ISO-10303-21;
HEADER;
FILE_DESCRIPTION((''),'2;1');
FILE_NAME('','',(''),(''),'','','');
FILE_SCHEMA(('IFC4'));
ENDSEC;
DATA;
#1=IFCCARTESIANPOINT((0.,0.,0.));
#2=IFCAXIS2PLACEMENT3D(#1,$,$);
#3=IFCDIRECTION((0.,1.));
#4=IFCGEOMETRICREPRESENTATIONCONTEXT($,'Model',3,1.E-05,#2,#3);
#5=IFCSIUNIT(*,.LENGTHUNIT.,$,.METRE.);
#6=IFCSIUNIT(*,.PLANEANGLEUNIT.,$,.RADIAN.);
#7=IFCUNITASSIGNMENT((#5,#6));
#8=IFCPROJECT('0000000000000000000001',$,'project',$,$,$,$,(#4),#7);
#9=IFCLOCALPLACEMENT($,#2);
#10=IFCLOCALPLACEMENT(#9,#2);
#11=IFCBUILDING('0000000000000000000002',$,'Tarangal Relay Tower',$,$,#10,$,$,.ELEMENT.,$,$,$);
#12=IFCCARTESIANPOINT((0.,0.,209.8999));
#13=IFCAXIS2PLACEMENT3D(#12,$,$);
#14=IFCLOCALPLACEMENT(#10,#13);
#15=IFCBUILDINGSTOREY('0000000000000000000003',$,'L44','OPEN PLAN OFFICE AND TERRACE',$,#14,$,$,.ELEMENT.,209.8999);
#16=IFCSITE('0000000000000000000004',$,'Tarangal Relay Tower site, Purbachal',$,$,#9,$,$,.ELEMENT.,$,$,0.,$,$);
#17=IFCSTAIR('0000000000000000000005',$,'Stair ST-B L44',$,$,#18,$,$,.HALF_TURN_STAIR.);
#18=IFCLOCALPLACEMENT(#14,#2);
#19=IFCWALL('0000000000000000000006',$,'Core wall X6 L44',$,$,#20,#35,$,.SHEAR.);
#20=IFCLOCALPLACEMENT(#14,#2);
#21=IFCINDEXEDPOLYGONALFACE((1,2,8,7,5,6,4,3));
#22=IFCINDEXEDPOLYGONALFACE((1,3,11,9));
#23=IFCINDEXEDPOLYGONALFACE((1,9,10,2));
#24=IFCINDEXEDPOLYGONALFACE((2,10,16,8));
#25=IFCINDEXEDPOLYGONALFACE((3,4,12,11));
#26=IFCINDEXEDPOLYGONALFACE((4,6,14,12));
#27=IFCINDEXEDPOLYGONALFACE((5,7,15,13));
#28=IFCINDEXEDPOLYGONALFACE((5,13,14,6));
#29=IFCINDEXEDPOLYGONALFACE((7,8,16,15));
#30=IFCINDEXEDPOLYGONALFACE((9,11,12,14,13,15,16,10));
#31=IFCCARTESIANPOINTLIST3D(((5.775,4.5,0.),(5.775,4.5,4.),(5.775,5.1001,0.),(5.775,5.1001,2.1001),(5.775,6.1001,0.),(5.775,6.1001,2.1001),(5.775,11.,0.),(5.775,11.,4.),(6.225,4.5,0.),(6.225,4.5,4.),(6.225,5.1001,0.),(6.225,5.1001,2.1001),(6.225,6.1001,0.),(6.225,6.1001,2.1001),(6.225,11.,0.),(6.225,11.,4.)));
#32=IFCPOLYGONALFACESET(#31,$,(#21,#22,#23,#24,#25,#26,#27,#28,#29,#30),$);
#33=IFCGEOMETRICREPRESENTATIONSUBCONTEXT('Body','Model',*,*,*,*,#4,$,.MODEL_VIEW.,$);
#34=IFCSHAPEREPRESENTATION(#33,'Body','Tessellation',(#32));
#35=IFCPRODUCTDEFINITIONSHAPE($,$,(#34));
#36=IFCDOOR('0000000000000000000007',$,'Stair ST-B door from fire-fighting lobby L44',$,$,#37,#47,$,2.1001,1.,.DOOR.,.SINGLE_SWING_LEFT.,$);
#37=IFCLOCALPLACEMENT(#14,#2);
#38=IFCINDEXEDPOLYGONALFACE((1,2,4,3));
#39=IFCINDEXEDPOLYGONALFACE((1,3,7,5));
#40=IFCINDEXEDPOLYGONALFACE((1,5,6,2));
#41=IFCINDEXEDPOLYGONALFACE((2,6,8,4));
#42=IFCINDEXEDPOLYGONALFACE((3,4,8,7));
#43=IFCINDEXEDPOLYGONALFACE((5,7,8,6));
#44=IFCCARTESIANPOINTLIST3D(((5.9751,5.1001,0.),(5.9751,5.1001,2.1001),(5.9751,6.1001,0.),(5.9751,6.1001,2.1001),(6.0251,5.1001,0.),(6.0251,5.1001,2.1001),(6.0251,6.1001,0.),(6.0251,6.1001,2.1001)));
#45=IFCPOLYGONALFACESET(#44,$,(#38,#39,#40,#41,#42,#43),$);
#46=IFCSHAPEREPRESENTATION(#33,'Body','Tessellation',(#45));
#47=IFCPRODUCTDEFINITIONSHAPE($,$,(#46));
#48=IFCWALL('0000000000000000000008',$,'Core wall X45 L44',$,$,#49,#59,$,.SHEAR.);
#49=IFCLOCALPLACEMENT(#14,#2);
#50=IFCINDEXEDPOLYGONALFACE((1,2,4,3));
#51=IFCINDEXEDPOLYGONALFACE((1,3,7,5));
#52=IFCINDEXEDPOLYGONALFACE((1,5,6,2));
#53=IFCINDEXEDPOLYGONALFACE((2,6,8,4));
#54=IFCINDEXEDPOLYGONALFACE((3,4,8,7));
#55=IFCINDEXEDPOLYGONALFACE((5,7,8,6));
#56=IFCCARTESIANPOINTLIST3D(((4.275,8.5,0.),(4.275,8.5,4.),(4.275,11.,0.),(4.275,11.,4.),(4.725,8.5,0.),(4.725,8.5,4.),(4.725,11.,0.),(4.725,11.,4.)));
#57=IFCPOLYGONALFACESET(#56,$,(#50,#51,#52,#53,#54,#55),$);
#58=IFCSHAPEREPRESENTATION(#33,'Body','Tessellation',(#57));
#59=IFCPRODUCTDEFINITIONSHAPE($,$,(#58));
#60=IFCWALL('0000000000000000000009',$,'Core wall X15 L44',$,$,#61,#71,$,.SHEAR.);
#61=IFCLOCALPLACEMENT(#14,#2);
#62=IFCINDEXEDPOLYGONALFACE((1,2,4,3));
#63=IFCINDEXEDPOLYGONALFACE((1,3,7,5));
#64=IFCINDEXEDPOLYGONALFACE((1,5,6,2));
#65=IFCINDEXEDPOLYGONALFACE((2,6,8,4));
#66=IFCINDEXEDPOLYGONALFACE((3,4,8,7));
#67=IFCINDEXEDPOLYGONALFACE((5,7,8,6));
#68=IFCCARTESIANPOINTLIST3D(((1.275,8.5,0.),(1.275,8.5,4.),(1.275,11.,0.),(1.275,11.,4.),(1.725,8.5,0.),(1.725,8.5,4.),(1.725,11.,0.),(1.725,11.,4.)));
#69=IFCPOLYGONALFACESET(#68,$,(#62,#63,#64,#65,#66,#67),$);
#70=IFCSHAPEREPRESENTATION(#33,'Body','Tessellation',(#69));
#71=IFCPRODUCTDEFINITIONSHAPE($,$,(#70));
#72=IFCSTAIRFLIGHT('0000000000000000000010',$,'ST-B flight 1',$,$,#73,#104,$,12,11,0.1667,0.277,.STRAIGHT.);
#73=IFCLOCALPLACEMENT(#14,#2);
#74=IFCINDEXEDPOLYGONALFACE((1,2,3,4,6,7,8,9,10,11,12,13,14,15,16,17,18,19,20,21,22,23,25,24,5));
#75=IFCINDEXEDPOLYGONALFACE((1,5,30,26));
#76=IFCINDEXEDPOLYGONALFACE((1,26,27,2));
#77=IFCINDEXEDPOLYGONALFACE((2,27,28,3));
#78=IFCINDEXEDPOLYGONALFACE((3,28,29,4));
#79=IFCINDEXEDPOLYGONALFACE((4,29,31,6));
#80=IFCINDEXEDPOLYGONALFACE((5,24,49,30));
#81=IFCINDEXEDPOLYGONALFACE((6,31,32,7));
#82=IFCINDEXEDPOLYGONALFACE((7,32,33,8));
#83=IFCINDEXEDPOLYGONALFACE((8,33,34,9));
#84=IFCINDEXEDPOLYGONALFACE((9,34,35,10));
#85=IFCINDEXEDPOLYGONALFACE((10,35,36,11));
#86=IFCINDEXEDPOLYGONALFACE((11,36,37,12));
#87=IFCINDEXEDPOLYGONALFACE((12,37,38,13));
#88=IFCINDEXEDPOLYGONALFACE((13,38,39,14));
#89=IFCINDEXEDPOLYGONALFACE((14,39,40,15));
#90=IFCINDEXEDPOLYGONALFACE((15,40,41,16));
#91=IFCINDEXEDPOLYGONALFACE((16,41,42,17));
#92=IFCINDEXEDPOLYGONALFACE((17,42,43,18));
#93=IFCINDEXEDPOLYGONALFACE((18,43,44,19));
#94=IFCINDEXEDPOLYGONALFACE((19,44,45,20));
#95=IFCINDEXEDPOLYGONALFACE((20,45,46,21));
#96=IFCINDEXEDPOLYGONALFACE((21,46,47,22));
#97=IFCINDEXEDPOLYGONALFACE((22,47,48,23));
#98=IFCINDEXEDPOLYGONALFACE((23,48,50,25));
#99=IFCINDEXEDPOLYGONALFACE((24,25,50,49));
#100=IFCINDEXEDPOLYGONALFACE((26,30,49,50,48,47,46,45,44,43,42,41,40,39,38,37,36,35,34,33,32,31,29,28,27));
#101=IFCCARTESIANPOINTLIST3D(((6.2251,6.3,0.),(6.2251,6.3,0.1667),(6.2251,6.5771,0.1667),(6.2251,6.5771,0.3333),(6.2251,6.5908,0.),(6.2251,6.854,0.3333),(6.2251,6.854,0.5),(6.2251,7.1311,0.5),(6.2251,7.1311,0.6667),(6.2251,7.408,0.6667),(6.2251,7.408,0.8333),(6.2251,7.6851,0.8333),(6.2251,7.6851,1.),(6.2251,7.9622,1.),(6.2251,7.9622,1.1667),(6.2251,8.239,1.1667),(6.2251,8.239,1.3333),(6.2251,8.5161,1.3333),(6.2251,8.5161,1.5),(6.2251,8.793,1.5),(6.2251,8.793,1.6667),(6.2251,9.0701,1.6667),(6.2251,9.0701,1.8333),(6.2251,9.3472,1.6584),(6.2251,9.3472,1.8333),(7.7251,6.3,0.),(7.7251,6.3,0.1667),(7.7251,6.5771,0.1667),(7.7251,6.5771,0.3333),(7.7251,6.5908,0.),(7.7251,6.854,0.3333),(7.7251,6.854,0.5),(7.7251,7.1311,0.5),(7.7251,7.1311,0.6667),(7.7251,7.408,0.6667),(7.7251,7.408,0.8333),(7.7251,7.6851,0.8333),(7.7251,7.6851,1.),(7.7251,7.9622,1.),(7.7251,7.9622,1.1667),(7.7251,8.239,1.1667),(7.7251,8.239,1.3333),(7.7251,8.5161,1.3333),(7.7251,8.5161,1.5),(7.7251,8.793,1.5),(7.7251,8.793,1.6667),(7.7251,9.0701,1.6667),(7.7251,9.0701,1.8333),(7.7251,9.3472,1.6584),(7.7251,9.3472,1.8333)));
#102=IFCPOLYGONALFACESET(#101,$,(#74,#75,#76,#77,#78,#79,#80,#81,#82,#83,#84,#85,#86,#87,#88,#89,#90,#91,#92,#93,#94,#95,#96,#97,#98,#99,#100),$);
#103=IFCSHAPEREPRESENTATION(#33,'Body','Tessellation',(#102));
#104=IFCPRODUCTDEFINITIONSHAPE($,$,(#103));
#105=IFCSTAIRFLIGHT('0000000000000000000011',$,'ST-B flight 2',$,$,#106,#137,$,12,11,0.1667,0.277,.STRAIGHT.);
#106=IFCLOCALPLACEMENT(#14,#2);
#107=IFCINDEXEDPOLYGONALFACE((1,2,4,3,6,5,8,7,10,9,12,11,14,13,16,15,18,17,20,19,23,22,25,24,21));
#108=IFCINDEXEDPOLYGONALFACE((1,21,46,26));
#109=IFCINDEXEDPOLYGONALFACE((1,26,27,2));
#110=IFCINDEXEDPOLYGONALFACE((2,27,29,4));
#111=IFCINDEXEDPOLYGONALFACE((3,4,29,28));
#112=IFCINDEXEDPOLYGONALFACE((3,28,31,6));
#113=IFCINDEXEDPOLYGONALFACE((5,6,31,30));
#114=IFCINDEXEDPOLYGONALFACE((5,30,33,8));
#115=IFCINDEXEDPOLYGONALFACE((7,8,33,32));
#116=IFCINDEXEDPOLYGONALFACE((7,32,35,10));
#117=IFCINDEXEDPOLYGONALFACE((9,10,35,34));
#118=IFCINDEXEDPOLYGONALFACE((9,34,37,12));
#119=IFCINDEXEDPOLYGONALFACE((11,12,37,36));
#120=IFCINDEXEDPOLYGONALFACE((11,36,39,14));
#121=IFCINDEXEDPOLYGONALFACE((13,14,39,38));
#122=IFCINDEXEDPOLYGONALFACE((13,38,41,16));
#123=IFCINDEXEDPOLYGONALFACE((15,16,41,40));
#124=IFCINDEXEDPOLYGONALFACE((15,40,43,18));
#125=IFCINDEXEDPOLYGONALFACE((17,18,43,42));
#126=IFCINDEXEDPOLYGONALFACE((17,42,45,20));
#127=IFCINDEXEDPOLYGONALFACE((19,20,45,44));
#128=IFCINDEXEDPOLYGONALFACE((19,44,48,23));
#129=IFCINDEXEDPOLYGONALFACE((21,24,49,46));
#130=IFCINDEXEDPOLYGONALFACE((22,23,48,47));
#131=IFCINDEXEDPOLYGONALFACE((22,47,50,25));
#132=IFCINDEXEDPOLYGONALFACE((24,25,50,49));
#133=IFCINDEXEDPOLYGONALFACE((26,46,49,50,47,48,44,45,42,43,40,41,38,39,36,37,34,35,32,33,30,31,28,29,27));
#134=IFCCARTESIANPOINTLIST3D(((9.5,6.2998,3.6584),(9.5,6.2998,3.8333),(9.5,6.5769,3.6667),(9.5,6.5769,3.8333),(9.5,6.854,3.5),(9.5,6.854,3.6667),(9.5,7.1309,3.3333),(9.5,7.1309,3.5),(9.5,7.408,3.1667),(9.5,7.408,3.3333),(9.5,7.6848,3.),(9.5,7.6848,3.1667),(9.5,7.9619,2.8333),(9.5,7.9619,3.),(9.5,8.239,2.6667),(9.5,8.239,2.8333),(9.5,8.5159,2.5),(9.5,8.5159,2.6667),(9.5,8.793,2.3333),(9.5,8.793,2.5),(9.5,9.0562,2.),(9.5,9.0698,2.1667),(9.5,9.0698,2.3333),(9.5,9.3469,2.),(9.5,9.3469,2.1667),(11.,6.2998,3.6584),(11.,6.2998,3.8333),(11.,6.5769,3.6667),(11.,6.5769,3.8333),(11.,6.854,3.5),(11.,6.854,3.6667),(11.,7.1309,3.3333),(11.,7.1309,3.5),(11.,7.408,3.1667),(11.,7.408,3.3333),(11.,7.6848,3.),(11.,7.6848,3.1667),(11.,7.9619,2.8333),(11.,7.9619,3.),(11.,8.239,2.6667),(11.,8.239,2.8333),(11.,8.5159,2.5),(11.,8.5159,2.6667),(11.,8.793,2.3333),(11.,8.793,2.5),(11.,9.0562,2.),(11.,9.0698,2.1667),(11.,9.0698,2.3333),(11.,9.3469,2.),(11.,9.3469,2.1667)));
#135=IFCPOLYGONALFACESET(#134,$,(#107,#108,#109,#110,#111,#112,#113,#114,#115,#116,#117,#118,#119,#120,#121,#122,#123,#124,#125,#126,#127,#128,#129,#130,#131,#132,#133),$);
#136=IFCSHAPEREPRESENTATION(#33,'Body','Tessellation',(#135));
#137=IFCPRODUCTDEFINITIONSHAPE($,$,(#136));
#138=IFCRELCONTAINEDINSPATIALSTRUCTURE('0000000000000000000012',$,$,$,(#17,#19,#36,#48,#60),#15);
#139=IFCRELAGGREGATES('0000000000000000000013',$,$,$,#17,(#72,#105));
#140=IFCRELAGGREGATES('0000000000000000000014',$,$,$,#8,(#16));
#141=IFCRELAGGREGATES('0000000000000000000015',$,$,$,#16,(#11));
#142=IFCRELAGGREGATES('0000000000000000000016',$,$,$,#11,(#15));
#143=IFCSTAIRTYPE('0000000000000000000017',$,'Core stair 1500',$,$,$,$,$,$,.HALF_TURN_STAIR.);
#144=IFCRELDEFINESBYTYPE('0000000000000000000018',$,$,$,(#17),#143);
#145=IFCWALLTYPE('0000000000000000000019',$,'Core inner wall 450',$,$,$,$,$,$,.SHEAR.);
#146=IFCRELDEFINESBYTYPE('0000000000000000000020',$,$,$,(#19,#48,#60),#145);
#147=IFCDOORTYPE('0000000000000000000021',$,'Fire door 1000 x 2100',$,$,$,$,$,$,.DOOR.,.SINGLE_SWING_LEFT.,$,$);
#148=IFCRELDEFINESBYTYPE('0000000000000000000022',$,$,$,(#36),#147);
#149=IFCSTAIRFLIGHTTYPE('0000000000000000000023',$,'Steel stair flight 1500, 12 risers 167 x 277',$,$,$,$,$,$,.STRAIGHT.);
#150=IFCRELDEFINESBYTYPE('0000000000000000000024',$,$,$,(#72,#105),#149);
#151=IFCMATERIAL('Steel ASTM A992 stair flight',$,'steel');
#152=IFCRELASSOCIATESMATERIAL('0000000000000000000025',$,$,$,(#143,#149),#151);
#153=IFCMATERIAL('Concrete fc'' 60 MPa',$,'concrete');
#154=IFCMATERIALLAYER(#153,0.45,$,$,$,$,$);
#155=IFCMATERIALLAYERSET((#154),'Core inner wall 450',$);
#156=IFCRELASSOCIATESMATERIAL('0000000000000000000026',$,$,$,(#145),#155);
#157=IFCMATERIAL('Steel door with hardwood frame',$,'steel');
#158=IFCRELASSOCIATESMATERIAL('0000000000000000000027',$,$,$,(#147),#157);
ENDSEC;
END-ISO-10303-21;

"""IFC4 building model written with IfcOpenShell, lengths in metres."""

from ifc_helpers import new_model, si_unit, direction, frame, frame_2d, origin, place, context, subcontext, project, spatial, polyline, rectangle, outline, extrude, material, layer, layer_set, type_object, element, fill, aggregate, save


model = new_model("IFC4")

# Units and contexts
model_context = context("Model", 3, precision=1e-05, world=origin(), true_north=direction((0.0, 1.0)))
body_context = subcontext(model_context, "Body", "Model", "MODEL_VIEW")
ifc_project = project(units=[si_unit("LENGTHUNIT", "METRE"), si_unit("PLANEANGLEUNIT", "RADIAN")], contexts=[model_context])

# Site, building, storey
site_placement = place(None, origin())
site = spatial("IfcSite", under=ifc_project, at=site_placement, Name="Tarangal Relay Tower site, Purbachal", CompositionType="ELEMENT", RefElevation=0.0)
building_placement = place(site_placement, origin())
building = spatial("IfcBuilding", under=site, at=building_placement, Name="Tarangal Relay Tower", CompositionType="ELEMENT")
storey_placement = place(building_placement, frame((0.0, 0.0, 209.8999)))
storey = spatial("IfcBuildingStorey", under=building, at=storey_placement, Name="L44", Description="OPEN PLAN OFFICE AND TERRACE", CompositionType="ELEMENT", Elevation=209.8999)

# Stair
ifc_material_1 = material(Name="Steel ASTM A992 stair flight", Category="steel")
stair_type = type_object("IfcStairType", Name="Core stair 1500", PredefinedType="HALF_TURN_STAIR", material=ifc_material_1)
stair_1_placement = place(storey_placement, origin())
stair_1 = element("IfcStair", 1, at=stair_1_placement, inside=storey, type_object=stair_type, Name="Stair ST-B L44", PredefinedType="HALF_TURN_STAIR")

# Shared definitions
ifc_material_2 = material(Name="Concrete fc' 60 MPa", Category="concrete")
ifc_layer_1 = layer(ifc_material_2, 0.45)
ifc_layer_set_1 = layer_set([ifc_layer_1], Name="Core inner wall 450")
wall_type = type_object("IfcWallType", Name="Core inner wall 450", PredefinedType="SHEAR", material=ifc_layer_set_1)

# Wall, opening, door
wall_placement = place(storey_placement, frame((6.0, 4.5, 0.0), z_axis=(0.0, 0.0, 1.0), x_axis=(0.0, 1.0, 0.0)))
wall = element("IfcWall", 2, at=wall_placement, inside=storey, type_object=wall_type, Name="Core wall X6 L44", PredefinedType="SHEAR", context=body_context, shape_type="SweptSolid", body=[
    extrude(rectangle(XDim=6.5, YDim=0.45, at=frame_2d((3.25, 0.0))), origin(), (0.0, 0.0, 1.0), 4.0),
])
opening_placement = place(wall_placement, frame((0.6001, 0.0, 0.0)))
opening = element("IfcOpeningElement", 3, at=opening_placement, cuts=wall, PredefinedType="OPENING", context=body_context, shape_type="SweptSolid", body=[
    extrude(rectangle(XDim=1.0, YDim=2.1001, at=frame_2d((0.5, 1.05))), frame((0.0, 0.2349, 0.0), z_axis=(0.0, -1.0, 0.0), x_axis=(1.0, 0.0, 0.0)), (0.0, 0.0, 1.0), 0.47),
])
ifc_material_3 = material(Name="Steel door with hardwood frame", Category="steel")
door_type = type_object("IfcDoorType", Name="Fire door 1000 x 2100", OperationType="SINGLE_SWING_LEFT", PredefinedType="DOOR", material=ifc_material_3)
door_placement = place(opening_placement, origin())
door = element("IfcDoor", 4, at=door_placement, inside=storey, type_object=door_type, Name="Stair ST-B door from fire-fighting lobby L44", OperationType="SINGLE_SWING_LEFT", OverallHeight=2.1001, OverallWidth=1.0, PredefinedType="DOOR", context=body_context, shape_type="SweptSolid", body=[
    extrude(rectangle(XDim=1.0, YDim=2.1001, at=frame_2d((0.5, 1.05))), frame((0.0, 0.0249, 0.0), z_axis=(0.0, -1.0, 0.0), x_axis=(1.0, 0.0, 0.0)), (0.0, 0.0, 1.0), 0.05),
])
fill(opening, door)

# Walls
for number, where, z_axis, x_axis, name in (
    (5, (4.5, 8.5, 0.0), (0.0, 0.0, 1.0), (0.0, 1.0, 0.0), "Core wall X45 L44"),
    (6, (1.5, 8.5, 0.0), (0.0, 0.0, 1.0), (0.0, 1.0, 0.0), "Core wall X15 L44"),
):
    element("IfcWall", number, at=place(storey_placement, frame(where, z_axis=z_axis, x_axis=x_axis)), inside=storey, type_object=wall_type, Name=name, PredefinedType="SHEAR", context=body_context, shape_type="SweptSolid", body=[
        extrude(rectangle(XDim=2.5, YDim=0.45, at=frame_2d((1.25, 0.0))), origin(), (0.0, 0.0, 1.0), 4.0),
    ])

# Stair flights
stair_flight_type = type_object("IfcStairFlightType", Name="Steel stair flight 1500, 12 risers 167 x 277", PredefinedType="STRAIGHT", material=ifc_material_1)
stair_flight_1_placement = place(storey_placement, frame((6.9751, 6.3, 0.0), z_axis=(0.0, 0.0, 1.0), x_axis=(0.0, 1.0, 0.0)))
stair_flight_1 = element("IfcStairFlight", 7, at=stair_flight_1_placement, type_object=stair_flight_type, Name="ST-B flight 1", NumberOfRisers=12, NumberOfTreads=11, PredefinedType="STRAIGHT", RiserHeight=0.1667, TreadLength=0.277, context=body_context, shape_type="SweptSolid", body=[
    extrude(outline(polyline([(0.0, 0.0), (0.0, 0.1667), (0.2771, 0.1667), (0.2771, 0.3333), (0.554, 0.3333), (0.554, 0.5), (0.8311, 0.5), (0.8311, 0.6667), (1.1079, 0.6667), (1.1079, 0.8333), (1.385, 0.8333), (1.385, 1.0), (1.6621, 1.0), (1.6621, 1.1667), (1.939, 1.1667), (1.939, 1.3333), (2.2161, 1.3333), (2.2161, 1.5), (2.4929, 1.5), (2.4929, 1.6667), (2.77, 1.6667), (2.77, 1.8333), (3.0471, 1.8333), (3.0471, 2.0), (3.0471, 1.6584), (0.2908, 0.0), (0.0, 0.0)])), frame((0.0, 0.75, 0.0), z_axis=(0.0, -1.0, 0.0), x_axis=(1.0, 0.0, 0.0)), (0.0, 0.0, 1.0), 1.5),
])
stair_flight_2_placement = place(storey_placement, frame((10.25, 9.3469, 2.0), z_axis=(0.0, 0.0, 1.0), x_axis=(0.0, -1.0, 0.0)))
stair_flight_2 = element("IfcStairFlight", 8, at=stair_flight_2_placement, type_object=stair_flight_type, Name="ST-B flight 2", NumberOfRisers=12, NumberOfTreads=11, PredefinedType="STRAIGHT", RiserHeight=0.1667, TreadLength=0.277, context=body_context, shape_type="SweptSolid", body=[
    extrude(outline(polyline([(0.0, 0.0), (0.0, 0.1667), (0.2771, 0.1667), (0.2771, 0.3333), (0.554, 0.3333), (0.554, 0.5), (0.8311, 0.5), (0.8311, 0.6667), (1.1079, 0.6667), (1.1079, 0.8333), (1.385, 0.8333), (1.385, 1.0), (1.6621, 1.0), (1.6621, 1.1667), (1.939, 1.1667), (1.939, 1.3333), (2.2161, 1.3333), (2.2161, 1.5), (2.4929, 1.5), (2.4929, 1.6667), (2.77, 1.6667), (2.77, 1.8333), (3.0471, 1.8333), (3.0471, 2.0), (3.0471, 1.6584), (0.2908, 0.0), (0.0, 0.0)])), frame((0.0, 0.75, 0.0), z_axis=(0.0, -1.0, 0.0), x_axis=(1.0, 0.0, 0.0)), (0.0, 0.0, 1.0), 1.5),
])
aggregate(stair_1, [stair_flight_1, stair_flight_2])

save(model, "model.ifc")
